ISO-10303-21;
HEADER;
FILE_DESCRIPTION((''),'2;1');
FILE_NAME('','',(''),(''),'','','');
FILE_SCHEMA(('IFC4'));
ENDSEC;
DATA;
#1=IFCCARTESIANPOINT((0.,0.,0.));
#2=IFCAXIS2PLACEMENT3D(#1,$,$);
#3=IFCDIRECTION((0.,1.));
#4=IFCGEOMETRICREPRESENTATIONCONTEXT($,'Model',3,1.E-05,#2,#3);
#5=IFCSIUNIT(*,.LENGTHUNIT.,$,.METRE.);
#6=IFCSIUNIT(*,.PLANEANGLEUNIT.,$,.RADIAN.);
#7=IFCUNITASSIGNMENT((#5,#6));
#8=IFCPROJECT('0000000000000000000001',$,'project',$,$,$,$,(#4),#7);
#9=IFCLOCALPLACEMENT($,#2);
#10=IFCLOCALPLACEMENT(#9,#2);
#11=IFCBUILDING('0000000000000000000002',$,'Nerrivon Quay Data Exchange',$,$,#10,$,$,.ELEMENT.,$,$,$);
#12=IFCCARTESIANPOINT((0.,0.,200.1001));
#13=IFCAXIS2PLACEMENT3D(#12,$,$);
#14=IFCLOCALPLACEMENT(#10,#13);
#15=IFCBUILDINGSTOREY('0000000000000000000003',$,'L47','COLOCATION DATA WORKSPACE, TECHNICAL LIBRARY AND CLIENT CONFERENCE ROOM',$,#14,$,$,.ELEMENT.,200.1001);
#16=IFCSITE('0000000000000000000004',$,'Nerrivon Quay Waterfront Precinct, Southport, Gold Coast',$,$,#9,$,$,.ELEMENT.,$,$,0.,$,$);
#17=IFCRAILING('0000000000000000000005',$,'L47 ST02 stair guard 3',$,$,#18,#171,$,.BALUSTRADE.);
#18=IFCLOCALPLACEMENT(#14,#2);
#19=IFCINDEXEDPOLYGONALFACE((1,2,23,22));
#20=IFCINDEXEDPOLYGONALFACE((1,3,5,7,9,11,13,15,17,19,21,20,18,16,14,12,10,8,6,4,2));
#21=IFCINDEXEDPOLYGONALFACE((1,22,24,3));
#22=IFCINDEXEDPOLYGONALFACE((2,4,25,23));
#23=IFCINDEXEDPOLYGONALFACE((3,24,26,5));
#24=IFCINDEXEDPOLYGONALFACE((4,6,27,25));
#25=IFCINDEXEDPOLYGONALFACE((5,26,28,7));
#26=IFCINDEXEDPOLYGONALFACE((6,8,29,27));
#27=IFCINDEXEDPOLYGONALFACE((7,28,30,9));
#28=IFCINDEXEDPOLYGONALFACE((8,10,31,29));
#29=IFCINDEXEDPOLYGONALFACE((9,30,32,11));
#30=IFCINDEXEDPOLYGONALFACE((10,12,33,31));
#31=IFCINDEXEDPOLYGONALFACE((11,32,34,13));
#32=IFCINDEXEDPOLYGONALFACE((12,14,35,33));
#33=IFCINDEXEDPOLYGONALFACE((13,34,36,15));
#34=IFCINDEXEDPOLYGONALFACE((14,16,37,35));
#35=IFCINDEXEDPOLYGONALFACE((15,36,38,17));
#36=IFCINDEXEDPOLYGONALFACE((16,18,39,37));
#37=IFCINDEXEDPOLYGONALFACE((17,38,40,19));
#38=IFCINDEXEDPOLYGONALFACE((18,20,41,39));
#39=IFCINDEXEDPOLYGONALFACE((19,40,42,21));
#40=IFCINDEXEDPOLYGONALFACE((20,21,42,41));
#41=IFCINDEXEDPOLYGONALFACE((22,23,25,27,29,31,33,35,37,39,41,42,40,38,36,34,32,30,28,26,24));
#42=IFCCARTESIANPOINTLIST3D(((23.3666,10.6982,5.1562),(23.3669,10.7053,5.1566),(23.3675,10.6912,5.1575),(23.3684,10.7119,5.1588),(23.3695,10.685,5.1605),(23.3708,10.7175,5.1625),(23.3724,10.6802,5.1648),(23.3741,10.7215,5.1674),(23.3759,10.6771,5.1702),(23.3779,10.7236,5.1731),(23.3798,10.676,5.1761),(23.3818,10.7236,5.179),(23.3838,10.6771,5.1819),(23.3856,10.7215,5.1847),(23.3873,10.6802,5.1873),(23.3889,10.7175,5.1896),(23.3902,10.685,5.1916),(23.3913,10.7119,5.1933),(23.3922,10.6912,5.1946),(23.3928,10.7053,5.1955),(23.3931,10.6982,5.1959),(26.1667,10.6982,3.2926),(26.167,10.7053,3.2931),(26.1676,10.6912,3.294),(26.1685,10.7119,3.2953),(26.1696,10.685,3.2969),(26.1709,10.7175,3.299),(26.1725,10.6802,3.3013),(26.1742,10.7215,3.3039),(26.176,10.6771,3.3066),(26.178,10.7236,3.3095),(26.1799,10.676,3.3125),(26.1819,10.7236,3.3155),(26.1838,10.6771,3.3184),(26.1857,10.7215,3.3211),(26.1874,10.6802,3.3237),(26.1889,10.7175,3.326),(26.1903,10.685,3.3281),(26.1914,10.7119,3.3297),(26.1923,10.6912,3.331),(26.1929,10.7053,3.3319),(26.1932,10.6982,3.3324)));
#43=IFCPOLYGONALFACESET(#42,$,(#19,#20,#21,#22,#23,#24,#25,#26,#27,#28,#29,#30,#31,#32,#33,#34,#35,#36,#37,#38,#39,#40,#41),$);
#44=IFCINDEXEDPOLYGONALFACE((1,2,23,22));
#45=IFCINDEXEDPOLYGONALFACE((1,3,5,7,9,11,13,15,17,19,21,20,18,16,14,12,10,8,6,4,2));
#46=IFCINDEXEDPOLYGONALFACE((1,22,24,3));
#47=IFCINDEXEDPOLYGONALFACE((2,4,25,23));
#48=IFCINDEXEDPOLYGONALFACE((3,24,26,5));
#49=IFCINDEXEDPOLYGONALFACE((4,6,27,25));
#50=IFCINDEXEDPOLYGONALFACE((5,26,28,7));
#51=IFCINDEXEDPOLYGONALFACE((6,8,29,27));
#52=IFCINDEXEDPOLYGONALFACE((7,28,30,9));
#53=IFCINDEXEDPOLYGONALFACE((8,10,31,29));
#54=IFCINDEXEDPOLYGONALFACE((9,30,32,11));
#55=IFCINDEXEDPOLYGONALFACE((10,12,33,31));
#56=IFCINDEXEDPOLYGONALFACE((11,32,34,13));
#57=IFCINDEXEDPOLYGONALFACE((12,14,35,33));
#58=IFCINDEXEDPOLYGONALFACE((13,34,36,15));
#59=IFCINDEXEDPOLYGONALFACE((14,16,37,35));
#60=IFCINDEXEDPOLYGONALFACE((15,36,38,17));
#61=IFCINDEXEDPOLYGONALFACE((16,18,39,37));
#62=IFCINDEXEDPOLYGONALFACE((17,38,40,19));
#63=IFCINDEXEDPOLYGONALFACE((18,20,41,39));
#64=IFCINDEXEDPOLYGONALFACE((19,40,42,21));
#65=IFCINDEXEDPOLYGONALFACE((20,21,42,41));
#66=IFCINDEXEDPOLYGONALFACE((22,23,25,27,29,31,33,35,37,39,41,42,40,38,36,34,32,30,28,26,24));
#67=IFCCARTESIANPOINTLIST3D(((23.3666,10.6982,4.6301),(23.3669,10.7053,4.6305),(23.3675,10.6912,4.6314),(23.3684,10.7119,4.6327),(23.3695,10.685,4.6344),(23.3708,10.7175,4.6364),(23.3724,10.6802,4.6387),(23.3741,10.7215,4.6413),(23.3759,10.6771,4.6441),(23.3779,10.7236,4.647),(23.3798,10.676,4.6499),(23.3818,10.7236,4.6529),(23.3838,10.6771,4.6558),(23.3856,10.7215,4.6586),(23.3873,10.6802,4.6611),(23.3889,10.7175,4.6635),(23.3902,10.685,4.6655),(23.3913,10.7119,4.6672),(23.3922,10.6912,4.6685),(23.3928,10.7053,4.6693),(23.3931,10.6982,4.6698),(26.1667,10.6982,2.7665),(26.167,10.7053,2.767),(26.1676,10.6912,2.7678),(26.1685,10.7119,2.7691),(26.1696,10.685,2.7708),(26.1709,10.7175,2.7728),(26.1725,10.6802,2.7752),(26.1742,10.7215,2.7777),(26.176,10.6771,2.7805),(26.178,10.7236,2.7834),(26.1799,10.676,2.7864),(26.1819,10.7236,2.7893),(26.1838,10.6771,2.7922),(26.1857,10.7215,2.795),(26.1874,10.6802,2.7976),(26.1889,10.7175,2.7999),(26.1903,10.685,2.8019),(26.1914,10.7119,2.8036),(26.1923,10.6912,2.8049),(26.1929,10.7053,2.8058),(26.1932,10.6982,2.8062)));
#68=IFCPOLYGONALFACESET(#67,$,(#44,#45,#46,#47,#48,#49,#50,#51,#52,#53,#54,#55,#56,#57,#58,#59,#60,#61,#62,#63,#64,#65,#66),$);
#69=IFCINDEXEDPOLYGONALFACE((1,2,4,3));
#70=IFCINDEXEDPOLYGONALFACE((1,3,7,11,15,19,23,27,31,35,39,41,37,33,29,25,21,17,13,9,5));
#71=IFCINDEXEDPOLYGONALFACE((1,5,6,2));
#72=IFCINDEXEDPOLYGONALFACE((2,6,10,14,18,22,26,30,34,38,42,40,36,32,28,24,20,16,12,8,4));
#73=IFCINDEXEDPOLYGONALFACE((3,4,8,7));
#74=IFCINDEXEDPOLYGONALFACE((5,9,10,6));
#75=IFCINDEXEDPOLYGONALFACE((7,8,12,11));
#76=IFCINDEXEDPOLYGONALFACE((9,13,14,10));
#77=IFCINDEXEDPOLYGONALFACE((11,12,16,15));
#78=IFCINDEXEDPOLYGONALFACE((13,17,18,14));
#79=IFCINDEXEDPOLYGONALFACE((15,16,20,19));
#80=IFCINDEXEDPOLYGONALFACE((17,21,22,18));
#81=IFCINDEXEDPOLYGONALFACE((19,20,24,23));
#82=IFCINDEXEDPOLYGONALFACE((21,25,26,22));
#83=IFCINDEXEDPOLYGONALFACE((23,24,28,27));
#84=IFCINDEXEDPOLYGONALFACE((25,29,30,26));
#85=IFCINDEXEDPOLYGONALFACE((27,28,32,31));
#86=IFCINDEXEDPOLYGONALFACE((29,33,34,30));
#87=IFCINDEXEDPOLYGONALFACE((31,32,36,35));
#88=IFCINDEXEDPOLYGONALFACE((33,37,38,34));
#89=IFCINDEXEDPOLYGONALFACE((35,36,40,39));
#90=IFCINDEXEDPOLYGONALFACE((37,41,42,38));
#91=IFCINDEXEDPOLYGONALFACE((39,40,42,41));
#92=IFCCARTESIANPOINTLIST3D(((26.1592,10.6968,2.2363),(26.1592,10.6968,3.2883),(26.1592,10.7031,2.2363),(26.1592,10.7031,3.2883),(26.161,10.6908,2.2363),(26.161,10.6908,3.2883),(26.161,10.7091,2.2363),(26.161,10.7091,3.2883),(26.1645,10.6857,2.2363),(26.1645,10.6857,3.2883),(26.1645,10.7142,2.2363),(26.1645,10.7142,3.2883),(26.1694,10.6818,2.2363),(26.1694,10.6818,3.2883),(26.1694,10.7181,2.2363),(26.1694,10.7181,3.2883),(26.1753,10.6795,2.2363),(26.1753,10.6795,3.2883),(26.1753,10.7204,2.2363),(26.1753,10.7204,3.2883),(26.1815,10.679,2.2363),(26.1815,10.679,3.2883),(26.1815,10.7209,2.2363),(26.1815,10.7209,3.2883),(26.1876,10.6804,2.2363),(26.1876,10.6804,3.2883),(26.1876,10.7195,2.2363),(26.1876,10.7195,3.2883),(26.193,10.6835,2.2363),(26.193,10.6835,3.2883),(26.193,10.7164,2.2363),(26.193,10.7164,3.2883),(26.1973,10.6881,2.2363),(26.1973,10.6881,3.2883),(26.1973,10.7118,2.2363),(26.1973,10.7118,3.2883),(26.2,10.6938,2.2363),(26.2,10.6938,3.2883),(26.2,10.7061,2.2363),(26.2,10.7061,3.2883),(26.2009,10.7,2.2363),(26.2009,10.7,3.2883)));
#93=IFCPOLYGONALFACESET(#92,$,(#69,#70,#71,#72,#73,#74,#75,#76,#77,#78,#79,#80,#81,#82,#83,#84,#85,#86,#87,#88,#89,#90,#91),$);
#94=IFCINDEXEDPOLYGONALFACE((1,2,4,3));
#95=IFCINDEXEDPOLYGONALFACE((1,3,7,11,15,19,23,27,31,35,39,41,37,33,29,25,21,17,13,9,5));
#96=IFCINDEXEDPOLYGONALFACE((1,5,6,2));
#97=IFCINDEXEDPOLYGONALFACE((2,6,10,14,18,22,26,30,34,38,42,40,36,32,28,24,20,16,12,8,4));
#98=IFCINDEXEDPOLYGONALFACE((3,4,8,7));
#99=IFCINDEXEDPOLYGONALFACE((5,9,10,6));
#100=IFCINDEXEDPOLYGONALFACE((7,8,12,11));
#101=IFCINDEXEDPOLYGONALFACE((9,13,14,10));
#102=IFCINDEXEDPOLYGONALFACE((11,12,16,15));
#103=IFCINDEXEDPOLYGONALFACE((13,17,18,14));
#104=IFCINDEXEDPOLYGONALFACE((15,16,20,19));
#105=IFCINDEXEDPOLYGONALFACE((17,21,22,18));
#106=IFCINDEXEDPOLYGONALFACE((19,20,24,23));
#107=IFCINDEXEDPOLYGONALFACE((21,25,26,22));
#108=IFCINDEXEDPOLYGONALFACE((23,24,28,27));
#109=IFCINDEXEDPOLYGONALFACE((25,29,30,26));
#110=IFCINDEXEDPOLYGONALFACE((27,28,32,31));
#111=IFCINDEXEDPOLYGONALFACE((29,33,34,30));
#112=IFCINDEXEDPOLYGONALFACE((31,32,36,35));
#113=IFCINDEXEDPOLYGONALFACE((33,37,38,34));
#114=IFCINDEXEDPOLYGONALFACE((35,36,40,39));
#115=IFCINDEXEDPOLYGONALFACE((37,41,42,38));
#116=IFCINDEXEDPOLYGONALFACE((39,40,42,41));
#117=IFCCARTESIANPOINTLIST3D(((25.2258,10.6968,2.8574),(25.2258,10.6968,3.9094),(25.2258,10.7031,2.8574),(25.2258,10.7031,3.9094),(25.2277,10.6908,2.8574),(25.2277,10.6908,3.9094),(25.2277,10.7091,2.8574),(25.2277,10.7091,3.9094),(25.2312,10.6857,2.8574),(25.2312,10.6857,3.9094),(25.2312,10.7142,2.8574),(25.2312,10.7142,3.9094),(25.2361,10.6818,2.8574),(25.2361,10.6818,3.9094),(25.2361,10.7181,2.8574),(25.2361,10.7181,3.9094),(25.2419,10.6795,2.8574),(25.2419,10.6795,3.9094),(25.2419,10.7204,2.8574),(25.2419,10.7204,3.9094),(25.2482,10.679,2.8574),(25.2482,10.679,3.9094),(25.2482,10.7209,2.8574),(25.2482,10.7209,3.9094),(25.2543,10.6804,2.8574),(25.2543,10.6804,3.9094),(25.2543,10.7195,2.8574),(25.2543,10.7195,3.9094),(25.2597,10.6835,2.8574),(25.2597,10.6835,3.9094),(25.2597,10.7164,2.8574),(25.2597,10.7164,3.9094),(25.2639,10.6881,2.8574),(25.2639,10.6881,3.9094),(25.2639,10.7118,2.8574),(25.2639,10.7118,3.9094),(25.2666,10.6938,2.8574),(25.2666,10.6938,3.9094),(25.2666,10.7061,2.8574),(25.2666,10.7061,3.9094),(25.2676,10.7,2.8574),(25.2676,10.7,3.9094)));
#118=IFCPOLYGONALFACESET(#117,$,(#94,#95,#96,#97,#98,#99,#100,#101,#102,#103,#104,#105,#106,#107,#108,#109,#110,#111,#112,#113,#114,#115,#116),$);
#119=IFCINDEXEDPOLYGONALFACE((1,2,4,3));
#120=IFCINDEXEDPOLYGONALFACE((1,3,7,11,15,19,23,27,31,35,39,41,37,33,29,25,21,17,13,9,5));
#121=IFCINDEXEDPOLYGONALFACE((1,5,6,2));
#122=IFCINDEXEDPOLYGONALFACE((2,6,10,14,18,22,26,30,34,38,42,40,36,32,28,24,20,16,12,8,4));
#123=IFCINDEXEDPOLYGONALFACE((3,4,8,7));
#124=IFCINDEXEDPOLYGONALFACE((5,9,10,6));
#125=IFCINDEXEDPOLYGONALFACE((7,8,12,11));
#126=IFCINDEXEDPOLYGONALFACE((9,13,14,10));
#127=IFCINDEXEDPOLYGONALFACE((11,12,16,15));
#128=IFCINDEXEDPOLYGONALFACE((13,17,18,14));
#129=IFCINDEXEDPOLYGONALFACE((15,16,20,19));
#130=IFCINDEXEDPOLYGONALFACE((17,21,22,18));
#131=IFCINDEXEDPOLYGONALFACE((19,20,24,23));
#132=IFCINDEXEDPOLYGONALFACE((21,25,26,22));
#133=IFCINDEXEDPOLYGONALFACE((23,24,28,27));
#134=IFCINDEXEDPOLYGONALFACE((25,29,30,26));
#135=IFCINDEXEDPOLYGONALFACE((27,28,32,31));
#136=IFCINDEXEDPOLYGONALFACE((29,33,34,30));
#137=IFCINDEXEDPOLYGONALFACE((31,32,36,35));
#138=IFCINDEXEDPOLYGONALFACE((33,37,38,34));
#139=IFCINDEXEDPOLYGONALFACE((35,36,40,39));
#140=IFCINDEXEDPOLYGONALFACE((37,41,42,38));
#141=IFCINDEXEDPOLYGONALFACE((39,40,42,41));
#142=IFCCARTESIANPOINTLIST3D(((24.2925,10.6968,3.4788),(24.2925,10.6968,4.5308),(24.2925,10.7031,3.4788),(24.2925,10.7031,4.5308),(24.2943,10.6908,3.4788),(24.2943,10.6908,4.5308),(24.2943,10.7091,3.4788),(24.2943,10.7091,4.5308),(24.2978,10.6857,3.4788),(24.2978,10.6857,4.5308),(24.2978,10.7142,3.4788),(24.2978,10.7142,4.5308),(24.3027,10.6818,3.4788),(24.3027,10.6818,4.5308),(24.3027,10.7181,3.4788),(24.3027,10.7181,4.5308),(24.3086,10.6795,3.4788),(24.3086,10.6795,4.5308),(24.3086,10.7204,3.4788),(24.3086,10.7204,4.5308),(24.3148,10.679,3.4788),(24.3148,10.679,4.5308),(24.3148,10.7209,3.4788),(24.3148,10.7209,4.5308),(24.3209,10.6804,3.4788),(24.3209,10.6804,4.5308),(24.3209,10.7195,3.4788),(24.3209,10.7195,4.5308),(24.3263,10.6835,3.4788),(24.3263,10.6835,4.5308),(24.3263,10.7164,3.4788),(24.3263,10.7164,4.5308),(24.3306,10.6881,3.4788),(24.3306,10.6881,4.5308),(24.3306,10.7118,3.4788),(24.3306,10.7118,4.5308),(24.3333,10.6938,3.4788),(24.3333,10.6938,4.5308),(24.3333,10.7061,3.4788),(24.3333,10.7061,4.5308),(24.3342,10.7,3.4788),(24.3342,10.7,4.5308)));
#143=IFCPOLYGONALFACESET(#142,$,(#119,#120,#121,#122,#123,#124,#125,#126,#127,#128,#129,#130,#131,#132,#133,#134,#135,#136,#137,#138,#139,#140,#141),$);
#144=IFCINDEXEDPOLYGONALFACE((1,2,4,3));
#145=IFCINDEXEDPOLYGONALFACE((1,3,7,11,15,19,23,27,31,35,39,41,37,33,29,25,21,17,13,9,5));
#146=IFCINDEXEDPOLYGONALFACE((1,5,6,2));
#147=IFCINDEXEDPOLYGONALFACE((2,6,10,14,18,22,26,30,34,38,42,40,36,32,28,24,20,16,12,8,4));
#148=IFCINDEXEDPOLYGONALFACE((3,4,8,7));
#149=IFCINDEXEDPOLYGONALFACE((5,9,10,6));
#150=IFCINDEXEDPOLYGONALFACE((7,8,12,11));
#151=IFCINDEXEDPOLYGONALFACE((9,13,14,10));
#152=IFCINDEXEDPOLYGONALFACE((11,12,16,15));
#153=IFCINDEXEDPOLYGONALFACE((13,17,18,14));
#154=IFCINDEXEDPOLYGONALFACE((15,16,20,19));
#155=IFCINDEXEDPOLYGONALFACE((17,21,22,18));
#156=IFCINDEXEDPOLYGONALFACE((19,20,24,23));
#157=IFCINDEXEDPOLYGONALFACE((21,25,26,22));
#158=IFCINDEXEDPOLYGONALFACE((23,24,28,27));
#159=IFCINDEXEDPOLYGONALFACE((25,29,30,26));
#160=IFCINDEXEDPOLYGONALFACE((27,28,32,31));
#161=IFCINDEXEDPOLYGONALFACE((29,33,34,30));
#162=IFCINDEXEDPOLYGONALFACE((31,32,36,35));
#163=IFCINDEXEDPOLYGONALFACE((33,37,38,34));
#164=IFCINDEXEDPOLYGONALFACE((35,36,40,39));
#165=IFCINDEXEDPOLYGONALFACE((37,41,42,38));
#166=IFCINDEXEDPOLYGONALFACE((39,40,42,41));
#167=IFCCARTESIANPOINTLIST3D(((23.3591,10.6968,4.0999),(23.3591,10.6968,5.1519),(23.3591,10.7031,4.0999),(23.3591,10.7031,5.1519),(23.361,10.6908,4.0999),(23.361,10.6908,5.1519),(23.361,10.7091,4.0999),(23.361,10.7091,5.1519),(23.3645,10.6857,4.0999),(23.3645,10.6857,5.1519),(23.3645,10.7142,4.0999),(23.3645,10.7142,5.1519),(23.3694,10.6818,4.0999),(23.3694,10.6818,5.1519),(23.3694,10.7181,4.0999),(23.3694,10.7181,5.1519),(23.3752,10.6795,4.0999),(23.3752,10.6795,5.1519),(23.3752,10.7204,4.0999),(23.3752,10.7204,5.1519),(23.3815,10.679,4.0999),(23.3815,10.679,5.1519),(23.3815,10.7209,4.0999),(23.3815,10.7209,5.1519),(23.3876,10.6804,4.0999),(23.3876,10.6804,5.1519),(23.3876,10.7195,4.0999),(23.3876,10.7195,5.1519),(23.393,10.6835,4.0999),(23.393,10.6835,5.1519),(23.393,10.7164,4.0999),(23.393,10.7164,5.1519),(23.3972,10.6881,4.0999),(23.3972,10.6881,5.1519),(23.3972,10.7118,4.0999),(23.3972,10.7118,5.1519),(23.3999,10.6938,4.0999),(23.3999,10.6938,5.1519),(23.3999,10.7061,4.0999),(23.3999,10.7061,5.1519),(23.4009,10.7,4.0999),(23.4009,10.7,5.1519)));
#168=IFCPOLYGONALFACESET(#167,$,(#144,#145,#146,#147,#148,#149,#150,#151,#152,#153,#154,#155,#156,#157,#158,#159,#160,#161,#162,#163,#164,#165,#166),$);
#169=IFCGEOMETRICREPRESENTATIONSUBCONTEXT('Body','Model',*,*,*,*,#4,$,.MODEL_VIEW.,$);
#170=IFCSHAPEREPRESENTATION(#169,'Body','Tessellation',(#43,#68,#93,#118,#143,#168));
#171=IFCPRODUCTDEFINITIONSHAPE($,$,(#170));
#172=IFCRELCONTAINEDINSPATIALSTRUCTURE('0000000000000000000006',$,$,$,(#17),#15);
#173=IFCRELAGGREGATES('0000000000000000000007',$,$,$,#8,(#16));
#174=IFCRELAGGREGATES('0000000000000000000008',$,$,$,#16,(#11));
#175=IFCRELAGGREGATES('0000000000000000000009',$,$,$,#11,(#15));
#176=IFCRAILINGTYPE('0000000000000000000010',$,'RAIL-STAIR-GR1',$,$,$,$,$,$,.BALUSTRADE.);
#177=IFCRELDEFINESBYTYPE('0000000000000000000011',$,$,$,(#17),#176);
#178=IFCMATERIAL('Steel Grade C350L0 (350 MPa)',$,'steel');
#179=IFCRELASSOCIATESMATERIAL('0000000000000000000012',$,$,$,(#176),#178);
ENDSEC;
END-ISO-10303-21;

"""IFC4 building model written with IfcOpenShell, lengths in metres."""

from ifc_helpers import new_model, si_unit, direction, frame, origin, origin_2d, place, context, subcontext, project, spatial, circle, extrude, material, type_object, element, save


model = new_model("IFC4")

# Units and contexts
model_context = context("Model", 3, precision=1e-05, world=origin(), true_north=direction((0.0, 1.0)))
body_context = subcontext(model_context, "Body", "Model", "MODEL_VIEW")
ifc_project = project(units=[si_unit("LENGTHUNIT", "METRE"), si_unit("PLANEANGLEUNIT", "RADIAN")], contexts=[model_context])

# Site, building, storey
site_placement = place(None, origin())
site = spatial("IfcSite", under=ifc_project, at=site_placement, Name="Nerrivon Quay Waterfront Precinct, Southport, Gold Coast", CompositionType="ELEMENT", RefElevation=0.0)
building_placement = place(site_placement, origin())
building = spatial("IfcBuilding", under=site, at=building_placement, Name="Nerrivon Quay Data Exchange", CompositionType="ELEMENT")
storey_placement = place(building_placement, frame((0.0, 0.0, 200.1001)))
storey = spatial("IfcBuildingStorey", under=building, at=storey_placement, Name="L47", Description="COLOCATION DATA WORKSPACE, TECHNICAL LIBRARY AND CLIENT CONFERENCE ROOM", CompositionType="ELEMENT", Elevation=200.1001)

# Shared definitions
ifc_material_1 = material(Name="Steel Grade C350L0 (350 MPa)", Category="steel")

# Railing
railing_type_1 = type_object("IfcRailingType", Name="RAIL-STAIR-GR1", PredefinedType="BALUSTRADE", material=ifc_material_1)
railing_1_placement = place(storey_placement, frame((26.1799, 10.7, 2.2363)))
element("IfcRailing", 1, at=railing_1_placement, inside=storey, type_object=railing_type_1, Name="L47 ST02 stair guard 3", PredefinedType="BALUSTRADE", context=body_context, shape_type="SweptSolid", body=[
    extrude(circle(Radius=0.0239, at=origin_2d()), frame((0.0, 0.0, 1.0762), z_axis=(-0.832486, 0.0, 0.554047), x_axis=(0.0, -1.0, 0.0)), (0.0, 0.0, 1.0), 3.3635),
    extrude(circle(Radius=0.0239, at=origin_2d()), frame((0.0, 0.0, 0.55), z_axis=(-0.832486, 0.0, 0.554047), x_axis=(0.0, -1.0, 0.0)), (0.0, 0.0, 1.0), 3.3635),
    extrude(circle(Radius=0.021, at=origin_2d()), origin(), (0.0, 0.0, 1.0), 1.052),
    extrude(circle(Radius=0.021, at=origin_2d()), frame((-0.9333, 0.0, 0.6211)), (0.0, 0.0, 1.0), 1.052),
    extrude(circle(Radius=0.021, at=origin_2d()), frame((-1.8667, 0.0, 1.2424)), (0.0, 0.0, 1.0), 1.052),
    extrude(circle(Radius=0.021, at=origin_2d()), frame((-2.8, 0.0, 1.8635)), (0.0, 0.0, 1.0), 1.052),
])

save(model, "model.ifc")
